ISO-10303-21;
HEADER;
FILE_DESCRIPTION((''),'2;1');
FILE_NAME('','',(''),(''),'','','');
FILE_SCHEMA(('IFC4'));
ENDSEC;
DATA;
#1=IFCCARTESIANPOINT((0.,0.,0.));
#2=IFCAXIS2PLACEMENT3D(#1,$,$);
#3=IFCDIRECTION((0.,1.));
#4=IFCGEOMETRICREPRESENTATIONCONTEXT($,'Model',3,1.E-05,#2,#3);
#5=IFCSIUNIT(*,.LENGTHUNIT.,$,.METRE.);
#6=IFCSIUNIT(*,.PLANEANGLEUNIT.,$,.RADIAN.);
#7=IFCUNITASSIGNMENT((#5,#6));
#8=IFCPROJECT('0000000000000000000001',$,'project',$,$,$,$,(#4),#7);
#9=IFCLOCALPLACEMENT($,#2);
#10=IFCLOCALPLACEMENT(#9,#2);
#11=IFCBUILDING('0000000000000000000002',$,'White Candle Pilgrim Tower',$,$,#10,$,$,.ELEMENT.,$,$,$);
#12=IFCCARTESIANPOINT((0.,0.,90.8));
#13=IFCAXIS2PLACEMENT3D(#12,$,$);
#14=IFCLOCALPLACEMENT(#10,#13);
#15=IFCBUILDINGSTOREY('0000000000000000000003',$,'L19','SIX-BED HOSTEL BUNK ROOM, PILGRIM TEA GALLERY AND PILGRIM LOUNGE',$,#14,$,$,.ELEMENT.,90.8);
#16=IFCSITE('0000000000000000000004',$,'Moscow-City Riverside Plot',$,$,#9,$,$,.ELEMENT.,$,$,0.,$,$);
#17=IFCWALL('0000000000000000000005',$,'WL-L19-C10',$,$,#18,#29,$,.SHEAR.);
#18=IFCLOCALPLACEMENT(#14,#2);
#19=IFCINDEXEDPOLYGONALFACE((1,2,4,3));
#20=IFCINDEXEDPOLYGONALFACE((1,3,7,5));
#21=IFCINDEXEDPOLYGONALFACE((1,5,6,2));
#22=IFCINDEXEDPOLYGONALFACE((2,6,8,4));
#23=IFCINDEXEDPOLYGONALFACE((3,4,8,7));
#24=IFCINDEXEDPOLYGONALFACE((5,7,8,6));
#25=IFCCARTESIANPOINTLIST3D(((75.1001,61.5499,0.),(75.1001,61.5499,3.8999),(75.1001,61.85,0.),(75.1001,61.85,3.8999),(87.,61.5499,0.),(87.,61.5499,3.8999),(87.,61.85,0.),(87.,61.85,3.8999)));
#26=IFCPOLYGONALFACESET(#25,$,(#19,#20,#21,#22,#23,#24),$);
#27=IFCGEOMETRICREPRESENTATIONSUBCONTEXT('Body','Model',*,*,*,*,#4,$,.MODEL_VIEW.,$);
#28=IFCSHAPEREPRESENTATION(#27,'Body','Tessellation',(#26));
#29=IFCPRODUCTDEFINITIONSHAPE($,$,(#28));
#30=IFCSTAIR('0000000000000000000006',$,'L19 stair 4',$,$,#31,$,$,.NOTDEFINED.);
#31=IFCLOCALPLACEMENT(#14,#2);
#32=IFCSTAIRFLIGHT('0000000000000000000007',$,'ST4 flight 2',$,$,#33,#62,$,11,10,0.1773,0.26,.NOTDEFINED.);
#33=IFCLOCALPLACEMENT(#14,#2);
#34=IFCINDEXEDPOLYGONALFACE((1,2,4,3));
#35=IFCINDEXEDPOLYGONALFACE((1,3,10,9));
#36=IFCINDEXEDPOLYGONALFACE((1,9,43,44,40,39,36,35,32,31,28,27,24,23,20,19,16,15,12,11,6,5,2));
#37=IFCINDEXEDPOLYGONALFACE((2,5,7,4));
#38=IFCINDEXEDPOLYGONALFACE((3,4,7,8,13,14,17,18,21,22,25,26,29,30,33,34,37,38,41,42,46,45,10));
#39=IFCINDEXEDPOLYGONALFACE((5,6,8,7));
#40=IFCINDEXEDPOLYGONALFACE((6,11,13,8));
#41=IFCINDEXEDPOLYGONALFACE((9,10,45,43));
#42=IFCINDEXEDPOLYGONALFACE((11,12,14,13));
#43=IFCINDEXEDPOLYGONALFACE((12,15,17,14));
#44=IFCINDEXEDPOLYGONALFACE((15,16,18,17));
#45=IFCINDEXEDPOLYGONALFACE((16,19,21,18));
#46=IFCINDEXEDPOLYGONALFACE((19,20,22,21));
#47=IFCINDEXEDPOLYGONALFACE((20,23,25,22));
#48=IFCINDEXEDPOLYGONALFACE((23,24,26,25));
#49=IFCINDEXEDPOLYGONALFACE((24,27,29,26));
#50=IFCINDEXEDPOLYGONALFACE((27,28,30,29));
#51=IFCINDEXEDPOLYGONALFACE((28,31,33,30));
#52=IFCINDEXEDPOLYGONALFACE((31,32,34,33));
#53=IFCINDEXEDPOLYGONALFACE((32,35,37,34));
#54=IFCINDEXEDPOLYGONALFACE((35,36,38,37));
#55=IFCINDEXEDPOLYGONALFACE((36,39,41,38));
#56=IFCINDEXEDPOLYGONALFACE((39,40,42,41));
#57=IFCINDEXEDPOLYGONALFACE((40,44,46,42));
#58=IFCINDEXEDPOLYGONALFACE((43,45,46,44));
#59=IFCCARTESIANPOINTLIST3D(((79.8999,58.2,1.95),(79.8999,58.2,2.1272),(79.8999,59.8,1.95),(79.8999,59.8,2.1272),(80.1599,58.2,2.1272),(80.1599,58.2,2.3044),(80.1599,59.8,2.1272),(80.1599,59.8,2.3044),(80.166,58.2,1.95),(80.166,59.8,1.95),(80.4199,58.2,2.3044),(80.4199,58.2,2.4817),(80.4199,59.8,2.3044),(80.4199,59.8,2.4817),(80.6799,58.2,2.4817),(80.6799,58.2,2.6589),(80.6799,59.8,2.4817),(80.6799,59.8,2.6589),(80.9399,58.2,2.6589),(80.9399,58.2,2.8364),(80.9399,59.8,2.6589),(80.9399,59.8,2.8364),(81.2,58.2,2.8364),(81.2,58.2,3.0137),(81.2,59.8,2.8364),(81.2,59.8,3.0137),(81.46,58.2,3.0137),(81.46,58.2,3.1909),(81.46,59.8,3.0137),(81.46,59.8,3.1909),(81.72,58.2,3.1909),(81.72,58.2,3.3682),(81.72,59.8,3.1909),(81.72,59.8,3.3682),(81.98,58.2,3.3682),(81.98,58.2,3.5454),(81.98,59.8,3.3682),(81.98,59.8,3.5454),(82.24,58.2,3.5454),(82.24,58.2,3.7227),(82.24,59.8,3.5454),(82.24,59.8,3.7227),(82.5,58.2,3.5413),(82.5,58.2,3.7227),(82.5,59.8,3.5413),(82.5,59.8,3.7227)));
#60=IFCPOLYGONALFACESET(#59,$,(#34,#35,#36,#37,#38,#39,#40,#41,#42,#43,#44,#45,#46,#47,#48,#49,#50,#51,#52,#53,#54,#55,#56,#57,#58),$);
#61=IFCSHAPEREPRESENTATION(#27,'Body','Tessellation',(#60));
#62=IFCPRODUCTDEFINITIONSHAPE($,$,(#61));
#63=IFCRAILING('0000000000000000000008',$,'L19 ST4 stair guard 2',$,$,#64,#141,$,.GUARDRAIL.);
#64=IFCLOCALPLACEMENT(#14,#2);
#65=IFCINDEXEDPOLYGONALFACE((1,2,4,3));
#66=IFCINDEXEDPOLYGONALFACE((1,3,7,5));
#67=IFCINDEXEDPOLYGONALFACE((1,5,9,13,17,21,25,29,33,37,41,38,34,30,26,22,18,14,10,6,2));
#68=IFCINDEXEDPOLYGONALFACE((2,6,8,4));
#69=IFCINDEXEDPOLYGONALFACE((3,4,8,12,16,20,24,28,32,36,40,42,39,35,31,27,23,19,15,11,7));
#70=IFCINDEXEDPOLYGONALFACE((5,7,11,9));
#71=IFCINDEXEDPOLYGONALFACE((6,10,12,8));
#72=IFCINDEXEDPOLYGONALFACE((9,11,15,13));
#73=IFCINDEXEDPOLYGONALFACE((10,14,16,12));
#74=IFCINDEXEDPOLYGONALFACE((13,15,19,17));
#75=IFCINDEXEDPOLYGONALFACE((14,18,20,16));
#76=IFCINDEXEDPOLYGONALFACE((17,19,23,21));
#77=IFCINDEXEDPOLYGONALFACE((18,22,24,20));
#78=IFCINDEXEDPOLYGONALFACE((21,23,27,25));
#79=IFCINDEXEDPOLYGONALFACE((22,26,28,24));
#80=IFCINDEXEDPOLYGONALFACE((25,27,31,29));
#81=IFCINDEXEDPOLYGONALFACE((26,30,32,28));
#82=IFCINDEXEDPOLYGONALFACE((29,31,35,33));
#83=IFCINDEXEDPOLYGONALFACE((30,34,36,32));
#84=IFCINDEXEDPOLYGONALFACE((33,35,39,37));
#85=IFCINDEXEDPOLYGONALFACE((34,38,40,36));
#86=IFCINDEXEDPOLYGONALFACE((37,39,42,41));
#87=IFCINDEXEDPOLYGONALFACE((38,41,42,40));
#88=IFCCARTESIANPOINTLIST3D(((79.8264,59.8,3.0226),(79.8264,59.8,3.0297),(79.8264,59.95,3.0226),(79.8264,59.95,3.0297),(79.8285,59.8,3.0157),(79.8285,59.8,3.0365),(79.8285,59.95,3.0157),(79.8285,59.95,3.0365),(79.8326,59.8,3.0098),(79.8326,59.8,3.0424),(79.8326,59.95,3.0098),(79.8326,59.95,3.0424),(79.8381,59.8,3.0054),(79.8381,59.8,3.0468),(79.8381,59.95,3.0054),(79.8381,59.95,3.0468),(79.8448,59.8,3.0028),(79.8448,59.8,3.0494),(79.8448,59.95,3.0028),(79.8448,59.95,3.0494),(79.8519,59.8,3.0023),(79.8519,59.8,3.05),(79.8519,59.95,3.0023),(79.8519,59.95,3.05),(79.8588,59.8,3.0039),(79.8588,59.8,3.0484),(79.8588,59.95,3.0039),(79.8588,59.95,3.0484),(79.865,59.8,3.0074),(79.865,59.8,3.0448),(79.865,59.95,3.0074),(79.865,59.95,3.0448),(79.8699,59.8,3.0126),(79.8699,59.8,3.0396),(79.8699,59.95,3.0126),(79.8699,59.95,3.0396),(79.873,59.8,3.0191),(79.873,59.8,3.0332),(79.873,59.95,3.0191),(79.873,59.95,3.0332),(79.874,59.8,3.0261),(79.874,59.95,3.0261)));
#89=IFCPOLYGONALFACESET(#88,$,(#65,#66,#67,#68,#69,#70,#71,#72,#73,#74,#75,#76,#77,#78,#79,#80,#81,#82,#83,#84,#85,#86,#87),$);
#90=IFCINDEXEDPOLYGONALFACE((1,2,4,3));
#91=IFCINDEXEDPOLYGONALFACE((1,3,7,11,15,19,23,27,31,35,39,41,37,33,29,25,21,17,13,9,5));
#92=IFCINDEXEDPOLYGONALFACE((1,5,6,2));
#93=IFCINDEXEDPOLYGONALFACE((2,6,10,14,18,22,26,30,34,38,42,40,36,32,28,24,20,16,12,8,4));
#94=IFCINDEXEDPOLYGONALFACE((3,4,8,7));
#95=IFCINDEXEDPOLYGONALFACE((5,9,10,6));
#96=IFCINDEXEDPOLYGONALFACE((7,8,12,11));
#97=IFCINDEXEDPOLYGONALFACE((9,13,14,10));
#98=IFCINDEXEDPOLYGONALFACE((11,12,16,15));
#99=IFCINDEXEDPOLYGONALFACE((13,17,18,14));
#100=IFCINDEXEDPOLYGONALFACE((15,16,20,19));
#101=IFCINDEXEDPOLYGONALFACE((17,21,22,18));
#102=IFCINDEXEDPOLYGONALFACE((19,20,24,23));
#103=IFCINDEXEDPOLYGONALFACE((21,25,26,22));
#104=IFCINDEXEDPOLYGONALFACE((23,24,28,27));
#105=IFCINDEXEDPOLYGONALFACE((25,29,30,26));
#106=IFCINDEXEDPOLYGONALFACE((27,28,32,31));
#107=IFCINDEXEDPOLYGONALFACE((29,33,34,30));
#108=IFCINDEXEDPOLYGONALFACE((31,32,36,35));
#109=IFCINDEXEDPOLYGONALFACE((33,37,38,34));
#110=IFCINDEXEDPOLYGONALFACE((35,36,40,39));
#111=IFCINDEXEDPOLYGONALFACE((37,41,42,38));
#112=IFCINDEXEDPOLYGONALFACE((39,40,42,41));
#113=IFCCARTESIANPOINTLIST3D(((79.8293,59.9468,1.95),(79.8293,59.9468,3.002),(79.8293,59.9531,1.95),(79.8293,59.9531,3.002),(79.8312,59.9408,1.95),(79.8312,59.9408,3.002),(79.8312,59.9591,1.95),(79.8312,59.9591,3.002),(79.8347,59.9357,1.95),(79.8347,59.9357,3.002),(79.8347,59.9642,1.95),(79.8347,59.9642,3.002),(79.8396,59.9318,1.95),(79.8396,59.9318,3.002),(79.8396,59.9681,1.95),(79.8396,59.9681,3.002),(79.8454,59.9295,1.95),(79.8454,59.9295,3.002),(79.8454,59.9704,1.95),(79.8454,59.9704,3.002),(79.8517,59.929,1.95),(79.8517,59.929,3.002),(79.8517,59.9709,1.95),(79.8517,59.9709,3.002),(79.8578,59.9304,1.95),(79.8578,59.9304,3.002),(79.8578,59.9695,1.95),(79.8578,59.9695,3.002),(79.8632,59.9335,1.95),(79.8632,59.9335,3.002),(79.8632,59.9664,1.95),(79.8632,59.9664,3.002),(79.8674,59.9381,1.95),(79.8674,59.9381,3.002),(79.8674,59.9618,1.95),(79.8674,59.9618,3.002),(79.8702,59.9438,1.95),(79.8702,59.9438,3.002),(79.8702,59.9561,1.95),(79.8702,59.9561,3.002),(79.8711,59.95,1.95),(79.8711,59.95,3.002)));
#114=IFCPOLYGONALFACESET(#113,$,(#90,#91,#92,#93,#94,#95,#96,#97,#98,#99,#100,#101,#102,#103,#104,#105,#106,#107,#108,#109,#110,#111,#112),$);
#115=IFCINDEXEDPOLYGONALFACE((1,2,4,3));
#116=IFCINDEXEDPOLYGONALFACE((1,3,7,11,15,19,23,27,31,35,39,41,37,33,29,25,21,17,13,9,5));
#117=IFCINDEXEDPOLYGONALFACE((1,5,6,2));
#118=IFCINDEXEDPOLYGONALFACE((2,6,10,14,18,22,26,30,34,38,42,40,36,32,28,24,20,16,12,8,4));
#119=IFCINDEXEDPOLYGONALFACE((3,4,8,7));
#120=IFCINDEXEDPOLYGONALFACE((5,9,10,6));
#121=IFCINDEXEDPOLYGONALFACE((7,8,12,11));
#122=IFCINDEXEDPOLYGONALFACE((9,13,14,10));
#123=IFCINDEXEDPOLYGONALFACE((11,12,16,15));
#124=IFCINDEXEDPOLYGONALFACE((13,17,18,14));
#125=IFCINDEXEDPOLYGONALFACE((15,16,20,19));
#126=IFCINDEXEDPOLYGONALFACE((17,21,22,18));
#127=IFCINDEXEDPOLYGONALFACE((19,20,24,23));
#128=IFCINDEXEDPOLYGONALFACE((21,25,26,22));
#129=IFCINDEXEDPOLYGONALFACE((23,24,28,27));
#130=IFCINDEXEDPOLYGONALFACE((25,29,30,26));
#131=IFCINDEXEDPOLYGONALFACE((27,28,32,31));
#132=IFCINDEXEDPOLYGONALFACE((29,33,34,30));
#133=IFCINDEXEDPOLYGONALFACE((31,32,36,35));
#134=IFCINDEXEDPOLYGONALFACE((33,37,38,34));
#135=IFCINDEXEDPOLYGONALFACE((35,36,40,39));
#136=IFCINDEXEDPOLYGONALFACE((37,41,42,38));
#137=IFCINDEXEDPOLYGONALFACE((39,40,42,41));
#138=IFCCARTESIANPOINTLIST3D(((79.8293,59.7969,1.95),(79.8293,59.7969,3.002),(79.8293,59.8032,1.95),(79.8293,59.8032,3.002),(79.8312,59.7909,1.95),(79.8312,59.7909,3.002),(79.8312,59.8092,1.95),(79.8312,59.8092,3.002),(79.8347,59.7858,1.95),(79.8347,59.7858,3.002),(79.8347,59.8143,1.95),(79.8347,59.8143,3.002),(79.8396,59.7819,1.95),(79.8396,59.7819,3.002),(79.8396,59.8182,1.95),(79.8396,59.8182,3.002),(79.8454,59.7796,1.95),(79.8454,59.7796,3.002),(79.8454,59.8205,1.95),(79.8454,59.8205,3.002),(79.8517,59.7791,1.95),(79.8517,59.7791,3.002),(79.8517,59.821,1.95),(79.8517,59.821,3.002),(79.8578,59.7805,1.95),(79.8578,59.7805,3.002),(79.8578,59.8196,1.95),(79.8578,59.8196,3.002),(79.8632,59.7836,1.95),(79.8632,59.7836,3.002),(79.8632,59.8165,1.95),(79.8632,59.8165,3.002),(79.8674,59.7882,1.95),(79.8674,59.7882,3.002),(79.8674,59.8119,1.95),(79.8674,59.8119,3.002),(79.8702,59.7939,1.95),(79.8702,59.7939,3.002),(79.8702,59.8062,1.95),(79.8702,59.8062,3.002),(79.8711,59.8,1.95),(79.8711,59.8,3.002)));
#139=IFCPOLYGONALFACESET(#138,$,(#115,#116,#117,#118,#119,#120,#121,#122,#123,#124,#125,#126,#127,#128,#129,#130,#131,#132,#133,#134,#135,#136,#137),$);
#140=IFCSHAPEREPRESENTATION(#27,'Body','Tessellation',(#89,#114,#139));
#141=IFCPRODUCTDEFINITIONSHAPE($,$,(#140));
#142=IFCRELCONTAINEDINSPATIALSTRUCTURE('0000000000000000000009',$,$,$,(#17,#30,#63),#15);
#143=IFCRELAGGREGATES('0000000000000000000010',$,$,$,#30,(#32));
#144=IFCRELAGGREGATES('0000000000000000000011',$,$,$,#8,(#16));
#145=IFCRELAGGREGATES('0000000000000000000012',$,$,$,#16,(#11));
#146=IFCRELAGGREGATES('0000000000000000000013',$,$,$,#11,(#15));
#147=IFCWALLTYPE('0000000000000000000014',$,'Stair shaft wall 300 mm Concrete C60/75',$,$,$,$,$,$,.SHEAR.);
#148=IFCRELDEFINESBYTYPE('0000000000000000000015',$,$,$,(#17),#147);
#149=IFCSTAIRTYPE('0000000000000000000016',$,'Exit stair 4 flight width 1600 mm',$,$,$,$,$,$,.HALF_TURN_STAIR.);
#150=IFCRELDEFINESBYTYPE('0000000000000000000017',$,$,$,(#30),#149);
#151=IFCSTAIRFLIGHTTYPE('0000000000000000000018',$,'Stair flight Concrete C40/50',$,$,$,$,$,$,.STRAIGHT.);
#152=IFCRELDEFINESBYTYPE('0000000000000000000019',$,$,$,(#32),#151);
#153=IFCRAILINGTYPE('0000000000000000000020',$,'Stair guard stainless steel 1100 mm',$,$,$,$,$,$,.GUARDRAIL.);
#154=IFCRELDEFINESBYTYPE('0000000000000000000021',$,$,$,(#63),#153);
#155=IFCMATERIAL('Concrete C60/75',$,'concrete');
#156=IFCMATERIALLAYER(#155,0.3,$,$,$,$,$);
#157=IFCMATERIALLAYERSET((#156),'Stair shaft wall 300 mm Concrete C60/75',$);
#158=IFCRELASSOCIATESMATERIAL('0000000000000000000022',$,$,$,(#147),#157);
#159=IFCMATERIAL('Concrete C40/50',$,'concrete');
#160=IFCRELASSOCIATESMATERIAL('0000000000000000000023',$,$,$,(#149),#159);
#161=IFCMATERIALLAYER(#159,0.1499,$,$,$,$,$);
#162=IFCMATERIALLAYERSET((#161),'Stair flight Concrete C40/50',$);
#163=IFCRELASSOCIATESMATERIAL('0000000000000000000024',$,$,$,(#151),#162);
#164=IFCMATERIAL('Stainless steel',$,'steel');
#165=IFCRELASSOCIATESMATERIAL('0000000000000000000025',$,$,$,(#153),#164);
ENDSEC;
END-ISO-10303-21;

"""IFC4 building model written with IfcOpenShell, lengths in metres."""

from ifc_helpers import new_model, si_unit, direction, frame, frame_2d, origin, origin_2d, place, context, subcontext, project, spatial, polyline, rectangle, circle, outline, extrude, material, layer, layer_set, type_object, element, aggregate, save


model = new_model("IFC4")

# Units and contexts
model_context = context("Model", 3, precision=1e-05, world=origin(), true_north=direction((0.0, 1.0)))
body_context = subcontext(model_context, "Body", "Model", "MODEL_VIEW")
ifc_project = project(units=[si_unit("LENGTHUNIT", "METRE"), si_unit("PLANEANGLEUNIT", "RADIAN")], contexts=[model_context])

# Site, building, storey
site_placement = place(None, origin())
site = spatial("IfcSite", under=ifc_project, at=site_placement, Name="Moscow-City Riverside Plot", CompositionType="ELEMENT", RefElevation=0.0)
building_placement = place(site_placement, origin())
building = spatial("IfcBuilding", under=site, at=building_placement, Name="White Candle Pilgrim Tower", CompositionType="ELEMENT")
storey_placement = place(building_placement, frame((0.0, 0.0, 90.8)))
storey = spatial("IfcBuildingStorey", under=building, at=storey_placement, Name="L19", Description="SIX-BED HOSTEL BUNK ROOM, PILGRIM TEA GALLERY AND PILGRIM LOUNGE", CompositionType="ELEMENT", Elevation=90.8)

# Shared definitions
ifc_material_1 = material(Name="Concrete C60/75", Category="concrete")
ifc_layer_1 = layer(ifc_material_1, 0.3)
ifc_layer_set_1 = layer_set([ifc_layer_1], Name="Stair shaft wall 300 mm Concrete C60/75")
wall_type_1 = type_object("IfcWallType", Name="Stair shaft wall 300 mm Concrete C60/75", PredefinedType="SHEAR", material=ifc_layer_set_1)

# Wall
wall_1_placement = place(storey_placement, frame((75.1001, 61.7, 0.0), z_axis=(0.0, 0.0, 1.0), x_axis=(1.0, 0.0, 0.0)))
element("IfcWall", 1, at=wall_1_placement, inside=storey, type_object=wall_type_1, Name="WL-L19-C10", PredefinedType="SHEAR", context=body_context, shape_type="SweptSolid", body=[
    extrude(rectangle(XDim=11.8999, YDim=0.3, at=frame_2d((5.95, 0.0))), origin(), (0.0, 0.0, 1.0), 3.8999),
])

# Stair, stair flight
ifc_material_2 = material(Name="Concrete C40/50", Category="concrete")
stair_type = type_object("IfcStairType", Name="Exit stair 4 flight width 1600 mm", PredefinedType="HALF_TURN_STAIR", material=ifc_material_2)
stair_placement = place(storey_placement, origin())
stair = element("IfcStair", 2, at=stair_placement, inside=storey, type_object=stair_type, Name="L19 stair 4", PredefinedType="NOTDEFINED")
ifc_layer_2 = layer(ifc_material_2, 0.1499)
ifc_layer_set_2 = layer_set([ifc_layer_2], Name="Stair flight Concrete C40/50")
stair_flight_type = type_object("IfcStairFlightType", Name="Stair flight Concrete C40/50", PredefinedType="STRAIGHT", material=ifc_layer_set_2)
stair_flight_placement = place(storey_placement, frame((79.8999, 59.0, 1.95), z_axis=(0.0, 0.0, 1.0), x_axis=(1.0, 0.0, 0.0)))
stair_flight = element("IfcStairFlight", 3, at=stair_flight_placement, type_object=stair_flight_type, Name="ST4 flight 2", NumberOfRisers=11, NumberOfTreads=10, PredefinedType="NOTDEFINED", RiserHeight=0.1773, TreadLength=0.26, context=body_context, shape_type="SweptSolid", body=[
    extrude(outline(polyline([(0.0, 0.0), (0.0, 0.1772), (0.26, 0.1772), (0.26, 0.3545), (0.52, 0.3545), (0.52, 0.5317), (0.78, 0.5317), (0.78, 0.709), (1.04, 0.709), (1.04, 0.8865), (1.3, 0.8865), (1.3, 1.0637), (1.5601, 1.0637), (1.5601, 1.241), (1.8201, 1.241), (1.8201, 1.4182), (2.0801, 1.4182), (2.0801, 1.5955), (2.3401, 1.5955), (2.3401, 1.7727), (2.6001, 1.7727), (2.6001, 1.95), (2.6001, 1.5913), (0.2661, 0.0), (0.0, 0.0)])), frame((0.0, 0.8, 0.0), z_axis=(0.0, -1.0, 0.0), x_axis=(1.0, 0.0, 0.0)), (0.0, 0.0, 1.0), 1.6001),
])
aggregate(stair, [stair_flight])

# Railing
ifc_material_3 = material(Name="Stainless steel", Category="steel")
railing_type_1 = type_object("IfcRailingType", Name="Stair guard stainless steel 1100 mm", PredefinedType="GUARDRAIL", material=ifc_material_3)
railing_1_placement = place(storey_placement, frame((79.8501, 59.95, 1.95)))
element("IfcRailing", 4, at=railing_1_placement, inside=storey, type_object=railing_type_1, Name="L19 ST4 stair guard 2", PredefinedType="GUARDRAIL", context=body_context, shape_type="SweptSolid", body=[
    extrude(circle(Radius=0.0239, at=origin_2d()), frame((0.0, 0.0, 1.0762), z_axis=(0.0, -1.0, 0.0), x_axis=(1.0, 0.0, 0.0)), (0.0, 0.0, 1.0), 0.1499),
    extrude(circle(Radius=0.021, at=origin_2d()), origin(), (0.0, 0.0, 1.0), 1.052),
    extrude(circle(Radius=0.021, at=origin_2d()), frame((0.0, -0.1499, 0.0)), (0.0, 0.0, 1.0), 1.052),
])

save(model, "model.ifc")
